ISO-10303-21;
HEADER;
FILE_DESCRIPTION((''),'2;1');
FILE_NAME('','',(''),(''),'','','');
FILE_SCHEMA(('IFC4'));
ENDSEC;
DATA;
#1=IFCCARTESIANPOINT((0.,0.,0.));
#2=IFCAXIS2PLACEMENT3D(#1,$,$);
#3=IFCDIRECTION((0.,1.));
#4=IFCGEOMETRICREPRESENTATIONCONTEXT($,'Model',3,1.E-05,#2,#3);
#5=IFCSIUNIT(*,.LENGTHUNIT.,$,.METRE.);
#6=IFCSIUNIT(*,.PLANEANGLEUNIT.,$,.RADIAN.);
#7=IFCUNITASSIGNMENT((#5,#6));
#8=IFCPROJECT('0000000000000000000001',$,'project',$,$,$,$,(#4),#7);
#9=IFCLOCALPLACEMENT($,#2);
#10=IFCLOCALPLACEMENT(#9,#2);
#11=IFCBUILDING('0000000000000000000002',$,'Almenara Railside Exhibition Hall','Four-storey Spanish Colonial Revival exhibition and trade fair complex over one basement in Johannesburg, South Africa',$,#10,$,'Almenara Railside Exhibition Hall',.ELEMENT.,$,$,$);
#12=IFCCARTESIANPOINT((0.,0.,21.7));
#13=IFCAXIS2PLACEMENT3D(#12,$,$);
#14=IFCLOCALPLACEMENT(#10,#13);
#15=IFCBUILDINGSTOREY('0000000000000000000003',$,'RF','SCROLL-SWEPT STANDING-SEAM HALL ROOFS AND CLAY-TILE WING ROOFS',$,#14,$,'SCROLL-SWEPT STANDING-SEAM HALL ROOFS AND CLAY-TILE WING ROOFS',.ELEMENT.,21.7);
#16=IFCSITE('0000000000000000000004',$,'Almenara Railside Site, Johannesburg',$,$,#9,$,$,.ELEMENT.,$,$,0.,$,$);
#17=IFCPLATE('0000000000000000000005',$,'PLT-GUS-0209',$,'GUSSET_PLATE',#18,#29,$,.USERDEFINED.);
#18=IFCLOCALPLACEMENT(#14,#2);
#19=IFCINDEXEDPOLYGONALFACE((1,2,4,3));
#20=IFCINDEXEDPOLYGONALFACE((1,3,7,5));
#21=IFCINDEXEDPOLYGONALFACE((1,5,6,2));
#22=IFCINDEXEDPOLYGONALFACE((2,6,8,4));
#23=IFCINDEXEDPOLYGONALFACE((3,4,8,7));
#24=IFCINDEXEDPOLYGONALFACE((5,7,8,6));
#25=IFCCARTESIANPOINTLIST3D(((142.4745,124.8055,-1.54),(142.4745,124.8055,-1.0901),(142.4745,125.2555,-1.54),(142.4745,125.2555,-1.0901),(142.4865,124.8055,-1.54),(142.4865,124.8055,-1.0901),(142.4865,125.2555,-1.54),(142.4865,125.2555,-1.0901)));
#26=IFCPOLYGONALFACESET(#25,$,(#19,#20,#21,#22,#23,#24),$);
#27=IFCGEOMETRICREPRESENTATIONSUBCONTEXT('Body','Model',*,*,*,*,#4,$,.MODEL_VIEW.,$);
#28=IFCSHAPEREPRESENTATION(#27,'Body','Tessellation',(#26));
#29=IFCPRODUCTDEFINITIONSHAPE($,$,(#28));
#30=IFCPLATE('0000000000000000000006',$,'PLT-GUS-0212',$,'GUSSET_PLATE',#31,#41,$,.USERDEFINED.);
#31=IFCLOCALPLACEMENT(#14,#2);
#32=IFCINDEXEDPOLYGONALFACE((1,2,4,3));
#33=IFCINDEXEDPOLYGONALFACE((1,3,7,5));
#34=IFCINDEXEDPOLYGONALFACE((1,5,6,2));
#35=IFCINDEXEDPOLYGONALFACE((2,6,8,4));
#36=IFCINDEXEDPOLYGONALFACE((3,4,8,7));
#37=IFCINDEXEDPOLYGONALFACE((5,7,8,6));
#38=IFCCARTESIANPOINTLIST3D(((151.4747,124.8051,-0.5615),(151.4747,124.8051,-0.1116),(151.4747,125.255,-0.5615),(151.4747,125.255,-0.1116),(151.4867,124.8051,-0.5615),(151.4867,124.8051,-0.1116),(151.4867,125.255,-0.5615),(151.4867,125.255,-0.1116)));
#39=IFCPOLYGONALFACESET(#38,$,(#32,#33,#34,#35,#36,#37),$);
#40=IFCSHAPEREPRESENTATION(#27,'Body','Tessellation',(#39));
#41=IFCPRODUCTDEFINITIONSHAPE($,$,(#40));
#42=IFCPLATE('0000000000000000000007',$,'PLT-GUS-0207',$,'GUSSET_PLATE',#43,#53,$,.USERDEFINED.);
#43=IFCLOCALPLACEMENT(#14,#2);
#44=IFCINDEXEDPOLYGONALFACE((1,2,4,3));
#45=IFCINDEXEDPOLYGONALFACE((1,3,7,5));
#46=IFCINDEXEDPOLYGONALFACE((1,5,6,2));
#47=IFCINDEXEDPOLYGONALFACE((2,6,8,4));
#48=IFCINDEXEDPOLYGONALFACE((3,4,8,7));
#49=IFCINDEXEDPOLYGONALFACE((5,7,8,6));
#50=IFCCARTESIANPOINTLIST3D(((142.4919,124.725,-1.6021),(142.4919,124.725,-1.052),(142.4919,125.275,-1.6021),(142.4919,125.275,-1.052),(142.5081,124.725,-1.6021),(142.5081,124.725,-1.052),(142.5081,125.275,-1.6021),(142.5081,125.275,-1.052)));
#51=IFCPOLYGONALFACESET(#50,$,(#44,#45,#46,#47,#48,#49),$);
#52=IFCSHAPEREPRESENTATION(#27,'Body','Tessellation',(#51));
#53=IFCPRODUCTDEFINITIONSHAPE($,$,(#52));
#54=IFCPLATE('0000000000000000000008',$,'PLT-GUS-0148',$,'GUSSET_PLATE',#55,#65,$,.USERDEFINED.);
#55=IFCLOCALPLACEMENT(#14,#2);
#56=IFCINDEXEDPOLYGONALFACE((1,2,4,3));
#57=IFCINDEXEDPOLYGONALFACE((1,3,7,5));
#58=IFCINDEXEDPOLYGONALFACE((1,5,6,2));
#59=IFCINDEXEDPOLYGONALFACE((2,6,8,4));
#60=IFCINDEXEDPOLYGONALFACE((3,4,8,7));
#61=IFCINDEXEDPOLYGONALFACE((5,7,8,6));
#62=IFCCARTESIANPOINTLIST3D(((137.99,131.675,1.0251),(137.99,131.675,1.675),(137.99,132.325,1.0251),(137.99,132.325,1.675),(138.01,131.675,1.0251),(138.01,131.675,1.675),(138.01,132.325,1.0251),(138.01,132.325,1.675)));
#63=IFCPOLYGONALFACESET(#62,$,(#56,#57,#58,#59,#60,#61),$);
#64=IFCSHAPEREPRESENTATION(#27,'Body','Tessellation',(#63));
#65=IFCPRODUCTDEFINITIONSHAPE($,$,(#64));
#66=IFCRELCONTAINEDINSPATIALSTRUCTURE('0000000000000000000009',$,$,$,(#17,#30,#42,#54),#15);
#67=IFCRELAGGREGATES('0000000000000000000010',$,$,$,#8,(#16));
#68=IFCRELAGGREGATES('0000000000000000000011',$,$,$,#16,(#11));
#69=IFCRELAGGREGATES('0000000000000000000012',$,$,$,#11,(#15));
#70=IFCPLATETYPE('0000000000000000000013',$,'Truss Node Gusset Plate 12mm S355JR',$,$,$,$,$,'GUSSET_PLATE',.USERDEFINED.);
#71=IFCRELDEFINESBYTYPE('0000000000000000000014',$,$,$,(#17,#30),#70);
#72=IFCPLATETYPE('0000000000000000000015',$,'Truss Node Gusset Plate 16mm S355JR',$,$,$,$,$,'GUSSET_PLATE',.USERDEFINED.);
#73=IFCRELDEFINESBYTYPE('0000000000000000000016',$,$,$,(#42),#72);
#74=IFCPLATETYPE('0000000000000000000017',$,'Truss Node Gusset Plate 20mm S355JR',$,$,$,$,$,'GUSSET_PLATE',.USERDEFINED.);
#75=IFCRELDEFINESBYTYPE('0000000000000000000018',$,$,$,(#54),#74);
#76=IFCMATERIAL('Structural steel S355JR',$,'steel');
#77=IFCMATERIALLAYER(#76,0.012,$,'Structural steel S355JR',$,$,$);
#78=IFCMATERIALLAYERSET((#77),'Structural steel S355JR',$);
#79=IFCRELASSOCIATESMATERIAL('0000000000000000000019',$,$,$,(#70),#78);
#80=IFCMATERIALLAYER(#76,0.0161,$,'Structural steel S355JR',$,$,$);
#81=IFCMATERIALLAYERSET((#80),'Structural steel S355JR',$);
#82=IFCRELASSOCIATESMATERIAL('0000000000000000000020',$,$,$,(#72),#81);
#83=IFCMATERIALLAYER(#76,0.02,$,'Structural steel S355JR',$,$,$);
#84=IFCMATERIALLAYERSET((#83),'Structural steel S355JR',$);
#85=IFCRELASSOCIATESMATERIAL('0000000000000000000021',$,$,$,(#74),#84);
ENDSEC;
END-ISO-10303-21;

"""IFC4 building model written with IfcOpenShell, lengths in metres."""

from ifc_helpers import new_model, si_unit, direction, frame, origin, origin_2d, place, context, subcontext, project, spatial, rectangle, extrude, material, layer, layer_set, type_object, element, save


model = new_model("IFC4")

# Units and contexts
model_context = context("Model", 3, precision=1e-05, world=origin(), true_north=direction((0.0, 1.0)))
body_context = subcontext(model_context, "Body", "Model", "MODEL_VIEW")
ifc_project = project(units=[si_unit("LENGTHUNIT", "METRE"), si_unit("PLANEANGLEUNIT", "RADIAN")], contexts=[model_context])

# Site, building, storey
site_placement = place(None, origin())
site = spatial("IfcSite", under=ifc_project, at=site_placement, Name="Almenara Railside Site, Johannesburg", CompositionType="ELEMENT", RefElevation=0.0)
building_placement = place(site_placement, origin())
building = spatial("IfcBuilding", under=site, at=building_placement, Name="Almenara Railside Exhibition Hall", Description="Four-storey Spanish Colonial Revival exhibition and trade fair complex over one basement in Johannesburg, South Africa", LongName="Almenara Railside Exhibition Hall", CompositionType="ELEMENT")
storey_placement = place(building_placement, frame((0.0, 0.0, 21.7)))
storey = spatial("IfcBuildingStorey", under=building, at=storey_placement, Name="RF", Description="SCROLL-SWEPT STANDING-SEAM HALL ROOFS AND CLAY-TILE WING ROOFS", LongName="SCROLL-SWEPT STANDING-SEAM HALL ROOFS AND CLAY-TILE WING ROOFS", CompositionType="ELEMENT", Elevation=21.7)

# Shared definitions
ifc_material_1 = material(Name="Structural steel S355JR", Category="steel")

# Plates
ifc_layer_1 = layer(ifc_material_1, 0.012, Name="Structural steel S355JR")
ifc_layer_set_1 = layer_set([ifc_layer_1], Name="Structural steel S355JR")
plate_type_1 = type_object("IfcPlateType", Name="Truss Node Gusset Plate 12mm S355JR", ElementType="GUSSET_PLATE", PredefinedType="USERDEFINED", material=ifc_layer_set_1)
for number, where, z_axis, x_axis, name in (
    (1, (142.4805, 125.0305, -1.54), (0.0, 0.0, 1.0), (0.0, 1.0, 0.0), "PLT-GUS-0209"),
    (2, (151.4807, 125.03, -0.5615), (0.0, 0.0, 1.0), (0.0, 1.0, 0.0), "PLT-GUS-0212"),
):
    element("IfcPlate", number, at=place(storey_placement, frame(where, z_axis=z_axis, x_axis=x_axis)), inside=storey, type_object=plate_type_1, Name=name, ObjectType="GUSSET_PLATE", PredefinedType="USERDEFINED", context=body_context, shape_type="SweptSolid", body=[
        extrude(rectangle(XDim=0.45, YDim=0.012, at=origin_2d()), origin(), (0.0, 0.0, 1.0), 0.45),
    ])
ifc_layer_2 = layer(ifc_material_1, 0.0161, Name="Structural steel S355JR")
ifc_layer_set_2 = layer_set([ifc_layer_2], Name="Structural steel S355JR")
plate_type_2 = type_object("IfcPlateType", Name="Truss Node Gusset Plate 16mm S355JR", ElementType="GUSSET_PLATE", PredefinedType="USERDEFINED", material=ifc_layer_set_2)
plate_1_placement = place(storey_placement, frame((142.5, 125.0, -1.6021), z_axis=(0.0, 0.0, 1.0), x_axis=(0.0, 1.0, 0.0)))
element("IfcPlate", 3, at=plate_1_placement, inside=storey, type_object=plate_type_2, Name="PLT-GUS-0207", ObjectType="GUSSET_PLATE", PredefinedType="USERDEFINED", context=body_context, shape_type="SweptSolid", body=[
    extrude(rectangle(XDim=0.55, YDim=0.0161, at=origin_2d()), origin(), (0.0, 0.0, 1.0), 0.55),
])
ifc_layer_3 = layer(ifc_material_1, 0.02, Name="Structural steel S355JR")
ifc_layer_set_3 = layer_set([ifc_layer_3], Name="Structural steel S355JR")
plate_type_3 = type_object("IfcPlateType", Name="Truss Node Gusset Plate 20mm S355JR", ElementType="GUSSET_PLATE", PredefinedType="USERDEFINED", material=ifc_layer_set_3)
plate_2_placement = place(storey_placement, frame((138.0, 132.0, 1.0251), z_axis=(0.0, 0.0, 1.0), x_axis=(0.0, 1.0, 0.0)))
element("IfcPlate", 4, at=plate_2_placement, inside=storey, type_object=plate_type_3, Name="PLT-GUS-0148", ObjectType="GUSSET_PLATE", PredefinedType="USERDEFINED", context=body_context, shape_type="SweptSolid", body=[
    extrude(rectangle(XDim=0.6499, YDim=0.02, at=origin_2d()), origin(), (0.0, 0.0, 1.0), 0.6499),
])

save(model, "model.ifc")
